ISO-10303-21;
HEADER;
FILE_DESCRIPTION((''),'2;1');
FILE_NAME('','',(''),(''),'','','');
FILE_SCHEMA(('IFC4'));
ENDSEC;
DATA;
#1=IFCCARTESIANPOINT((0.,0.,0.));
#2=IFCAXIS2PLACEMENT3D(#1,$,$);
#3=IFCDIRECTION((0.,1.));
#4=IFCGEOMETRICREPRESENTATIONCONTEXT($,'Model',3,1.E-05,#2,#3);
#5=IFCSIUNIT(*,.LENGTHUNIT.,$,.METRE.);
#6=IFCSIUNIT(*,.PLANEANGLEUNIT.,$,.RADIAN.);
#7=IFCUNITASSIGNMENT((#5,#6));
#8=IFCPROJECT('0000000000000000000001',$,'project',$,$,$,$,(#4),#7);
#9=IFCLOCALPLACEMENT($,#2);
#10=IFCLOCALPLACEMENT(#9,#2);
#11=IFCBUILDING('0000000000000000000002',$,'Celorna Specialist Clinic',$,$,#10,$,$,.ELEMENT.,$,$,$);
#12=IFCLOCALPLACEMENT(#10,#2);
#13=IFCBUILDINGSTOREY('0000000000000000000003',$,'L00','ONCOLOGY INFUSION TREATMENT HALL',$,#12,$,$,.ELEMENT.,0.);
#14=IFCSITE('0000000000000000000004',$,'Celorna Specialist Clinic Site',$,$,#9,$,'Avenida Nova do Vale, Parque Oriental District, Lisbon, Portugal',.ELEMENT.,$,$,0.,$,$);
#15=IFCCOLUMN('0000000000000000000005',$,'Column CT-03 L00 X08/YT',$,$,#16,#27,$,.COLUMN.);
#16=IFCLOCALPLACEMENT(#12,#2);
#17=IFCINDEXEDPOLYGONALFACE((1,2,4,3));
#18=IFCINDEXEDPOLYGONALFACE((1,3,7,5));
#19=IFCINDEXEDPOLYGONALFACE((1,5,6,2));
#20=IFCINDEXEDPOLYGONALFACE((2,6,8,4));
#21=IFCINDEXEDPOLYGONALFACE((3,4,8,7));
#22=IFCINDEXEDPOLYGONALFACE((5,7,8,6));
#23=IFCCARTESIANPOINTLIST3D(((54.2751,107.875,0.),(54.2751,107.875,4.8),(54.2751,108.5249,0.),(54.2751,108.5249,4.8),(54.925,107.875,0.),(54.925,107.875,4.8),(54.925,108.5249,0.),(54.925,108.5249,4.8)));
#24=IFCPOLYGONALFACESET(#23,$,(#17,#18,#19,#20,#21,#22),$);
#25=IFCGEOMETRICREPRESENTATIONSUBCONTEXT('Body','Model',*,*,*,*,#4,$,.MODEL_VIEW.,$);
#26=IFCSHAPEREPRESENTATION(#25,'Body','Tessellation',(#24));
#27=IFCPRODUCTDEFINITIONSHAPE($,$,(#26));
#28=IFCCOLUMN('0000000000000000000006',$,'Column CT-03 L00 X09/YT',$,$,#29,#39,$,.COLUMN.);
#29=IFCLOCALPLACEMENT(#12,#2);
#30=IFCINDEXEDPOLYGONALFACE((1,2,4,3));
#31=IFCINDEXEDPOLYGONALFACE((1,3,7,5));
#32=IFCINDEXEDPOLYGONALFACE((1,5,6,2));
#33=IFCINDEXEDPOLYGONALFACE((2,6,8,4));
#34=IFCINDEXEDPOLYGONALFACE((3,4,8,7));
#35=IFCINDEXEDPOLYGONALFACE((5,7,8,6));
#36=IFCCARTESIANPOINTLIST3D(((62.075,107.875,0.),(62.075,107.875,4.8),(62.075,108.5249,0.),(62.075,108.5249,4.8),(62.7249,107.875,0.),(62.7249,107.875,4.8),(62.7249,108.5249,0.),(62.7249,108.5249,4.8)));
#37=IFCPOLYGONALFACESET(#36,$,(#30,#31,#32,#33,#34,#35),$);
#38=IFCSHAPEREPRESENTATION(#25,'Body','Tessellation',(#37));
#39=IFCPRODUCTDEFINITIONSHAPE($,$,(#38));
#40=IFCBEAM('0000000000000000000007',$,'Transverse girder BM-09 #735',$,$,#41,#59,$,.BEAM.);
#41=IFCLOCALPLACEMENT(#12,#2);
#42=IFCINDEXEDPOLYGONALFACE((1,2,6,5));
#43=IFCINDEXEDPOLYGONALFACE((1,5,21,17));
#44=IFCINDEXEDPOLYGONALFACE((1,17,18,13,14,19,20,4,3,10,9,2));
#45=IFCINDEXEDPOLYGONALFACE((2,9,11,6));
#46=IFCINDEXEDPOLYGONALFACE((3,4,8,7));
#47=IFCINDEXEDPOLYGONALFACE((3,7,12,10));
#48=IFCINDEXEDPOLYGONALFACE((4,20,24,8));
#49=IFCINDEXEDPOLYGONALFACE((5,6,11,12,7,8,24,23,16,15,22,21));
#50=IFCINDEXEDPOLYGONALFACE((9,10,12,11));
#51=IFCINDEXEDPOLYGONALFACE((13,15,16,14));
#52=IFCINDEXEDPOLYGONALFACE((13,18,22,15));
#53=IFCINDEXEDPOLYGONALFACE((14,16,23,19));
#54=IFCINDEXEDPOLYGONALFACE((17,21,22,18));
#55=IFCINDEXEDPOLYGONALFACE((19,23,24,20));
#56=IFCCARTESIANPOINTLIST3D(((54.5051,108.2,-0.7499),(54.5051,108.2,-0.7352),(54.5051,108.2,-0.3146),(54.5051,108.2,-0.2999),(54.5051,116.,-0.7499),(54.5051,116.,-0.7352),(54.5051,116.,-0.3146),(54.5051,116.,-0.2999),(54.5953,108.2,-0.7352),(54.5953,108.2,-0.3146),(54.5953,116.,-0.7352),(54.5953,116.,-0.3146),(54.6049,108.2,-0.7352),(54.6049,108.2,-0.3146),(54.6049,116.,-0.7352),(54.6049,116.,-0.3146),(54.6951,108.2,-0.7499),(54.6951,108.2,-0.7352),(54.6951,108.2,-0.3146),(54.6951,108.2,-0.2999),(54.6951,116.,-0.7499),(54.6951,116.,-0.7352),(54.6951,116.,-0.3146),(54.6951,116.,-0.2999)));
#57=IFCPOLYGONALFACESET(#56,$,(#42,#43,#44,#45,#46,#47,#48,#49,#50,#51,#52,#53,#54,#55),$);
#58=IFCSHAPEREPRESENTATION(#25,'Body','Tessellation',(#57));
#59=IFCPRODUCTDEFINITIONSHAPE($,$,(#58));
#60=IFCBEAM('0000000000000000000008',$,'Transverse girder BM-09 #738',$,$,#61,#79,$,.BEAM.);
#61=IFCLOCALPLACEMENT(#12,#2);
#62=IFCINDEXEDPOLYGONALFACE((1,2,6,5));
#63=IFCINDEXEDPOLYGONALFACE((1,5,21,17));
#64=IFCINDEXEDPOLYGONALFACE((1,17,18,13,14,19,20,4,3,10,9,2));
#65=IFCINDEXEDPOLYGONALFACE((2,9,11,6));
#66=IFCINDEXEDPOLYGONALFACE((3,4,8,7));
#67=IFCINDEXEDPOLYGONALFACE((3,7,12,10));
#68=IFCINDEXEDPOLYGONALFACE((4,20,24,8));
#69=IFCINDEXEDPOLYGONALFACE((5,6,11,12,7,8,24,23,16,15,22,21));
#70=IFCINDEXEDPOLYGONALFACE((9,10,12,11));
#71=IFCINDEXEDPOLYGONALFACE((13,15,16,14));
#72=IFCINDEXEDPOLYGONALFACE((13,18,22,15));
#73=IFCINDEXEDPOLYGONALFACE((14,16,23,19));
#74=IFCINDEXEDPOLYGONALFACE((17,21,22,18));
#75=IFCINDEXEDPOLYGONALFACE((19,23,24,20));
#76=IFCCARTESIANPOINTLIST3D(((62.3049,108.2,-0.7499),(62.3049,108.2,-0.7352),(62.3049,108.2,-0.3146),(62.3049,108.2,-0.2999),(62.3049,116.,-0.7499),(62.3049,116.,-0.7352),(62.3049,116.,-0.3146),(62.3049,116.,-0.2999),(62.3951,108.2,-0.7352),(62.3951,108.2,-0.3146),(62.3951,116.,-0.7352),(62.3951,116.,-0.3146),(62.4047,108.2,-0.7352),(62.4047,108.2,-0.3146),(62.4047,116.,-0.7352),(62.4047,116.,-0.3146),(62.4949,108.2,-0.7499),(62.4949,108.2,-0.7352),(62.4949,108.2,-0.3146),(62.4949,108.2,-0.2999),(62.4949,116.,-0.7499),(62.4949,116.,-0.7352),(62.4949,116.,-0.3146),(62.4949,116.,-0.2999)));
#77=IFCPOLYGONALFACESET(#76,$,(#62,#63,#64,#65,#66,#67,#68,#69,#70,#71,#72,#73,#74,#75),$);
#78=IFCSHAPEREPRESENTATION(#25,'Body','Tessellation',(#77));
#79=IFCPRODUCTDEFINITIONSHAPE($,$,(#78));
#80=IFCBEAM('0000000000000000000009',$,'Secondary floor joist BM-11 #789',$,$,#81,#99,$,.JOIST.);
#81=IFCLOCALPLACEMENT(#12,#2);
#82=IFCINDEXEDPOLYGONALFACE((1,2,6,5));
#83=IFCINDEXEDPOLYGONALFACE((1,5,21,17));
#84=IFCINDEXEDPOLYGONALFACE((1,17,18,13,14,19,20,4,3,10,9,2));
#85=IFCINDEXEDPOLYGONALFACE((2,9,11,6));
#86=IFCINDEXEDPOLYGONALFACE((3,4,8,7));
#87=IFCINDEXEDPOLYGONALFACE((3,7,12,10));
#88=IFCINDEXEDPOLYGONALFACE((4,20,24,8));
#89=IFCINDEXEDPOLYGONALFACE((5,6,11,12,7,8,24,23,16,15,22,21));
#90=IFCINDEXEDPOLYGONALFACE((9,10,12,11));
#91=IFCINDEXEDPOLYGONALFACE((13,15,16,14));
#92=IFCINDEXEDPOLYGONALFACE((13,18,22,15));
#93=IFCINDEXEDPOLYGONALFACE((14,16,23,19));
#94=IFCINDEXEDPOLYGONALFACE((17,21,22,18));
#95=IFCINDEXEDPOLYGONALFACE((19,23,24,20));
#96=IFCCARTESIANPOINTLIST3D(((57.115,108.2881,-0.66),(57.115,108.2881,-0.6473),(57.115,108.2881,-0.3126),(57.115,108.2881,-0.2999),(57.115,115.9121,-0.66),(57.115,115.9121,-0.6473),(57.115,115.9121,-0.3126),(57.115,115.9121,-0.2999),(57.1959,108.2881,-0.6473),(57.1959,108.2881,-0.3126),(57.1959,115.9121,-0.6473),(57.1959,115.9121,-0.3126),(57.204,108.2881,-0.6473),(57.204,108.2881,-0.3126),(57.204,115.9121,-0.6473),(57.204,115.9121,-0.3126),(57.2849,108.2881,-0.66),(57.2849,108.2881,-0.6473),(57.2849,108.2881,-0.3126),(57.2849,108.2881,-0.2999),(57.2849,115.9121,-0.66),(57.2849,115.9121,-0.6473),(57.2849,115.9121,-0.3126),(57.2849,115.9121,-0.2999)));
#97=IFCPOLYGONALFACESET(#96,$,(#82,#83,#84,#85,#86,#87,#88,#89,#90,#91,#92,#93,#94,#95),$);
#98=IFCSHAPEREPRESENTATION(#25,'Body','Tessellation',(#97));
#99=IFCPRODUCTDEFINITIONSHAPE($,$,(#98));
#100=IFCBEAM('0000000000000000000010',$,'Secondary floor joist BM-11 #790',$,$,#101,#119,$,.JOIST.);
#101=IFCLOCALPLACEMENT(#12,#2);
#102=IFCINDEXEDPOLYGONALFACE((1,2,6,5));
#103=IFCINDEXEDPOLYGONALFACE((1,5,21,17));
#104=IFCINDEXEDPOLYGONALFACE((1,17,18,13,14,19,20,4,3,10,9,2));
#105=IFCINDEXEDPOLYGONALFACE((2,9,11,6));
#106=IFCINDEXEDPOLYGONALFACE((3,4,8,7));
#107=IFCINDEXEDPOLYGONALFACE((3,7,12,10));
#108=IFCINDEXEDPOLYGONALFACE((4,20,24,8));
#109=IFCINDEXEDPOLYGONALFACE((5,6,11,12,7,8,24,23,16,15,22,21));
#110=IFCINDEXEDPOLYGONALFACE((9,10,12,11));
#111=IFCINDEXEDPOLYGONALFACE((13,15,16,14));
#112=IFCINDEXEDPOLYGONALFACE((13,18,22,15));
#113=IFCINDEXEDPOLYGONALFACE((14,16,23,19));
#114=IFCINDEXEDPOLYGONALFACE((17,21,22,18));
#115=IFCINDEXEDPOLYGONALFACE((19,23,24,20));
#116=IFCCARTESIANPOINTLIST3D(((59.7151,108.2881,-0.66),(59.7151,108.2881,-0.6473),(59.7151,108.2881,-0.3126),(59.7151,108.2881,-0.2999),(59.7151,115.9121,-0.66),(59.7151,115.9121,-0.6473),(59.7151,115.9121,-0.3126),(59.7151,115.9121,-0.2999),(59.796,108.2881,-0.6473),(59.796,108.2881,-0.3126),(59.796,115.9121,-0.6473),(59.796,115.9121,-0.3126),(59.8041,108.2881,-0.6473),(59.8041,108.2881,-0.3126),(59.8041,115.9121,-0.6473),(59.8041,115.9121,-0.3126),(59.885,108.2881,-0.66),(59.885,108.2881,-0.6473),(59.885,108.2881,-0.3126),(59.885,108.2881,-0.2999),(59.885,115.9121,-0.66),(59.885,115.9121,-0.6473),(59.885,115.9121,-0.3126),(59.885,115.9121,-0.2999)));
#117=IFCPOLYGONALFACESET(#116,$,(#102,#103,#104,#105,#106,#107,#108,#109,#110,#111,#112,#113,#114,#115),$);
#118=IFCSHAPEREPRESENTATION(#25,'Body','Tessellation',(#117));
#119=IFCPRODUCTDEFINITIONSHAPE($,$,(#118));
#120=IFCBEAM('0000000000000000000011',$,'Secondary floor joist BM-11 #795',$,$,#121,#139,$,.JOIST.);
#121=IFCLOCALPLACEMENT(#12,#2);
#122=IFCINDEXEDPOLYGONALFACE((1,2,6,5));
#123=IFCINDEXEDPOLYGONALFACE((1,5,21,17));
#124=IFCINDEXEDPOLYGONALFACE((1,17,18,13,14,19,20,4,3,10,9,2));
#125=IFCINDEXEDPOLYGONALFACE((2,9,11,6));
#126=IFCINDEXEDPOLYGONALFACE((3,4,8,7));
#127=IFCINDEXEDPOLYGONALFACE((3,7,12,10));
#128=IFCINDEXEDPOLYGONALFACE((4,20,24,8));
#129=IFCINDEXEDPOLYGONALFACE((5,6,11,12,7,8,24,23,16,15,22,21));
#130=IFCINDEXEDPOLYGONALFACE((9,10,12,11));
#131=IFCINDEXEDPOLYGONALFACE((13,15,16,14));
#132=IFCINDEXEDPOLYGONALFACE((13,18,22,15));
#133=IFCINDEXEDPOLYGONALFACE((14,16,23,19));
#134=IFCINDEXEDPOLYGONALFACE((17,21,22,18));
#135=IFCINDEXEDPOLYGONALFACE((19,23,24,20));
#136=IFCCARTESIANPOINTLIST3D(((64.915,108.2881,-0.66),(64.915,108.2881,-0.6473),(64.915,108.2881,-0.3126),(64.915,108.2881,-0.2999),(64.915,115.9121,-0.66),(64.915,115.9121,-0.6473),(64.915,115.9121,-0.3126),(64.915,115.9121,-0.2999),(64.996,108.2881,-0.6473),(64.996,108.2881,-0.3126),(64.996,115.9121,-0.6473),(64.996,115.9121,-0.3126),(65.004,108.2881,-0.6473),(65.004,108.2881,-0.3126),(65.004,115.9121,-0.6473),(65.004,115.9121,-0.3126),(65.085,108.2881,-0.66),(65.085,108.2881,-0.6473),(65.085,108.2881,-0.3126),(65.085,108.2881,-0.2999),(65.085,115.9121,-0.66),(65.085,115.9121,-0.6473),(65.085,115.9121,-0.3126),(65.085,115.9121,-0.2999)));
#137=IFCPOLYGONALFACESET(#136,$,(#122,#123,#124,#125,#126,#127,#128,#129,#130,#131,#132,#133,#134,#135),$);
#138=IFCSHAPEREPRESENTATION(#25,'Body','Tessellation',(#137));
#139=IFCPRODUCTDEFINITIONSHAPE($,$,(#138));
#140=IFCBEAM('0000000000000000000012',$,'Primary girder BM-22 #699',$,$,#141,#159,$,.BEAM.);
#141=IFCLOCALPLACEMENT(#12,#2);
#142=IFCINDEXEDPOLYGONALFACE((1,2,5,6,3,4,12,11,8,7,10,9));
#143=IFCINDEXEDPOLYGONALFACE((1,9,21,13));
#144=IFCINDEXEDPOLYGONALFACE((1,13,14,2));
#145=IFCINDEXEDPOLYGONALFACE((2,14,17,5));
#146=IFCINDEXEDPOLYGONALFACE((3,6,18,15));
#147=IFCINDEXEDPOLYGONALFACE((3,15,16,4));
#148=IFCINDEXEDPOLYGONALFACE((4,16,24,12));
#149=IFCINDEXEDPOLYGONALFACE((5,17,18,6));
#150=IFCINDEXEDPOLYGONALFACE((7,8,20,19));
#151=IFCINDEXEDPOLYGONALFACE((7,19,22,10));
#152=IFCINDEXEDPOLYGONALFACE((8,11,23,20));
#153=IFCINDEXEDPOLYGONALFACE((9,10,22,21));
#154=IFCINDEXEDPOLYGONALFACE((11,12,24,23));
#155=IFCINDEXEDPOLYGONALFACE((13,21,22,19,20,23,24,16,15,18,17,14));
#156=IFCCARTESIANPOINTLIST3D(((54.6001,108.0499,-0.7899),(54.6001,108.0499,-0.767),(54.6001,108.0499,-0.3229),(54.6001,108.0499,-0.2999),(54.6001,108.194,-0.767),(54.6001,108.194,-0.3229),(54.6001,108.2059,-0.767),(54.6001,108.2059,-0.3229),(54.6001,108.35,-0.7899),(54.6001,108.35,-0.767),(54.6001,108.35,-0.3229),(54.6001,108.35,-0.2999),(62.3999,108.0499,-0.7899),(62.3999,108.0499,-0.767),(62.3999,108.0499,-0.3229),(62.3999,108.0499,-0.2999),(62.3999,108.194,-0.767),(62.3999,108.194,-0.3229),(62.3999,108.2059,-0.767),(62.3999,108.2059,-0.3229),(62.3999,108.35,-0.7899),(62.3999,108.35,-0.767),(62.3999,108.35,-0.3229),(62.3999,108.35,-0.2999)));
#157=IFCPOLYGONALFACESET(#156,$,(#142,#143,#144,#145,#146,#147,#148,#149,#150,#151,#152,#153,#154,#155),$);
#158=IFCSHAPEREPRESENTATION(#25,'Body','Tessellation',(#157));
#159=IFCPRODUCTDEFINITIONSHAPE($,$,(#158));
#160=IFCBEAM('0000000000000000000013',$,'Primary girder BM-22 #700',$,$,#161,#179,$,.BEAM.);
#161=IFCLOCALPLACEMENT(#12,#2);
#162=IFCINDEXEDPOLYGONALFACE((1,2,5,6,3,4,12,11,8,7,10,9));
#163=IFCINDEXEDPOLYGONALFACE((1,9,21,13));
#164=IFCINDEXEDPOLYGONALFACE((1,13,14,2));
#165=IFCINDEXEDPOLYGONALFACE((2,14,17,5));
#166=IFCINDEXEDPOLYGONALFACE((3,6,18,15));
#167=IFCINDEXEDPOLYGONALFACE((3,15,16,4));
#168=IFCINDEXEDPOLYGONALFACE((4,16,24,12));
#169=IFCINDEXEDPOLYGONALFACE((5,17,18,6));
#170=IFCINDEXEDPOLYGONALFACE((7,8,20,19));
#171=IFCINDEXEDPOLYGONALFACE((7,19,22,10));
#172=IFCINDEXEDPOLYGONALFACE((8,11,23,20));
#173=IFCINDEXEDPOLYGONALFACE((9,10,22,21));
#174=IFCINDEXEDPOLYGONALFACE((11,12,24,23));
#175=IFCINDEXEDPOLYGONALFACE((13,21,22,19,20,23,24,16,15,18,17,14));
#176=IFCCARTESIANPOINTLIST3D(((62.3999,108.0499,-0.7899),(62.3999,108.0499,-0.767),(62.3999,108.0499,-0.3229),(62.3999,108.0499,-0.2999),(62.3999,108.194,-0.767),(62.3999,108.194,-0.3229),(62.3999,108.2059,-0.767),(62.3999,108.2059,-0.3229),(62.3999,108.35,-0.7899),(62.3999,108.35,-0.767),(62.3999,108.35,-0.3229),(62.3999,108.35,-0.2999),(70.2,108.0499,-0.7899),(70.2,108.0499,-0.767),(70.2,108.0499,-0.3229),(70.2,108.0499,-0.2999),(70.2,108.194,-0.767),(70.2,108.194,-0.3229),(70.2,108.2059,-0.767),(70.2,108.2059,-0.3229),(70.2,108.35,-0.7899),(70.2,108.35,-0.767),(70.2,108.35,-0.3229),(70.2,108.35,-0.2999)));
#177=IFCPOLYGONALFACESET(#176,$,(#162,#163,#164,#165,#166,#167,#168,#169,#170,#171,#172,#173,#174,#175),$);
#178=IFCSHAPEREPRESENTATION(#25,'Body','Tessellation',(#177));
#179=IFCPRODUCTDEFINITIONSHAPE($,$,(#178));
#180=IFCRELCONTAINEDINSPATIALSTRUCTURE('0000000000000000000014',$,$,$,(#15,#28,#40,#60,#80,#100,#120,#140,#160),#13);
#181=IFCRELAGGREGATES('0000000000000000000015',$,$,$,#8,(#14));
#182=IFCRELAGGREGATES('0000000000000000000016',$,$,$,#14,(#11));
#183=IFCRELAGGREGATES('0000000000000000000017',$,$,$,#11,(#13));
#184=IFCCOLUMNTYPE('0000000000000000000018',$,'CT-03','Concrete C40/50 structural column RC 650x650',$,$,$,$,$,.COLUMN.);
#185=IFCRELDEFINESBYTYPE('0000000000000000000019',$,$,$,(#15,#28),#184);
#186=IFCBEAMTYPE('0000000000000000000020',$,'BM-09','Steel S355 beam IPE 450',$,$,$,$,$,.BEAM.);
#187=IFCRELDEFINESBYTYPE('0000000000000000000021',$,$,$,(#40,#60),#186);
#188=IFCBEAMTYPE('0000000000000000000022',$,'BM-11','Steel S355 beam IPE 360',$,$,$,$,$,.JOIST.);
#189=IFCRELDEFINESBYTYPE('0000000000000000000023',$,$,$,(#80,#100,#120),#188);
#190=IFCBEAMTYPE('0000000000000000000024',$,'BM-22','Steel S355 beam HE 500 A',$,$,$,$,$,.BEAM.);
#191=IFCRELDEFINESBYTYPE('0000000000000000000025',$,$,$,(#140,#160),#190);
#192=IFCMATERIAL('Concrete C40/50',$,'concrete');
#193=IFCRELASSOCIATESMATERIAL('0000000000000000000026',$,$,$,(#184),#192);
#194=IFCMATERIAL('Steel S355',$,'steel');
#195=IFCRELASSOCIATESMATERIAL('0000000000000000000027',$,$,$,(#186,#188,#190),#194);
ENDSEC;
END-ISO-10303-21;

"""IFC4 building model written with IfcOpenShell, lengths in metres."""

from ifc_helpers import new_model, si_unit, direction, frame, origin, origin_2d, place, context, subcontext, project, spatial, rectangle, i_section, extrude, material, material_profile, profile_set, type_object, element, save


model = new_model("IFC4")

# Units and contexts
model_context = context("Model", 3, precision=1e-05, world=origin(), true_north=direction((0.0, 1.0)))
body_context = subcontext(model_context, "Body", "Model", "MODEL_VIEW")
ifc_project = project(units=[si_unit("LENGTHUNIT", "METRE"), si_unit("PLANEANGLEUNIT", "RADIAN")], contexts=[model_context])

# Site, building, storey
site_placement = place(None, origin())
site = spatial("IfcSite", under=ifc_project, at=site_placement, Name="Celorna Specialist Clinic Site", LongName="Avenida Nova do Vale, Parque Oriental District, Lisbon, Portugal", CompositionType="ELEMENT", RefElevation=0.0)
building_placement = place(site_placement, origin())
building = spatial("IfcBuilding", under=site, at=building_placement, Name="Celorna Specialist Clinic", CompositionType="ELEMENT")
storey_placement = place(building_placement, origin())
storey = spatial("IfcBuildingStorey", under=building, at=storey_placement, Name="L00", Description="ONCOLOGY INFUSION TREATMENT HALL", CompositionType="ELEMENT", Elevation=0.0)

# Columns
ifc_material_1 = material(Name="Concrete C40/50", Category="concrete")
ifc_material_profile_1 = material_profile(ifc_material_1, rectangle(XDim=0.6499, YDim=0.6499, at=origin_2d()), Name="RC 650x650")
ifc_profile_set_1 = profile_set([ifc_material_profile_1], Name="Concrete C40/50")
column_type = type_object("IfcColumnType", Name="CT-03", Description="Concrete C40/50 structural column RC 650x650", PredefinedType="COLUMN", material=ifc_profile_set_1)
for number, where, z_axis, x_axis, name in (
    (1, (54.6001, 108.2, 0.0), (0.0, 0.0, 1.0), (1.0, 0.0, 0.0), "Column CT-03 L00 X08/YT"),
    (2, (62.3999, 108.2, 0.0), (0.0, 0.0, 1.0), (1.0, 0.0, 0.0), "Column CT-03 L00 X09/YT"),
):
    element("IfcColumn", number, at=place(storey_placement, frame(where, z_axis=z_axis, x_axis=x_axis)), inside=storey, type_object=column_type, Name=name, PredefinedType="COLUMN", context=body_context, shape_type="SweptSolid", body=[
        extrude(rectangle(XDim=0.6499, YDim=0.6499, at=origin_2d()), origin(), (0.0, 0.0, 1.0), 4.8),
    ])

# Beams
ifc_material_2 = material(Name="Steel S355", Category="steel")
ifc_material_profile_2 = material_profile(ifc_material_2, i_section(OverallWidth=0.1899, OverallDepth=0.45, WebThickness=0.0095, FlangeThickness=0.0146, at=origin_2d()), Name="IPE 450")
ifc_profile_set_2 = profile_set([ifc_material_profile_2], Name="Steel S355")
beam_type_1 = type_object("IfcBeamType", Name="BM-09", Description="Steel S355 beam IPE 450", PredefinedType="BEAM", material=ifc_profile_set_2)
for number, where, z_axis, x_axis, name in (
    (3, (54.6001, 108.2, -0.5249), (0.0, 1.0, 0.0), (-1.0, 0.0, 0.0), "Transverse girder BM-09 #735"),
    (4, (62.3999, 108.2, -0.5249), (0.0, 1.0, 0.0), (-1.0, 0.0, 0.0), "Transverse girder BM-09 #738"),
):
    element("IfcBeam", number, at=place(storey_placement, frame(where, z_axis=z_axis, x_axis=x_axis)), inside=storey, type_object=beam_type_1, Name=name, PredefinedType="BEAM", context=body_context, shape_type="SweptSolid", body=[
        extrude(i_section(OverallWidth=0.1899, OverallDepth=0.45, WebThickness=0.0095, FlangeThickness=0.0146, at=origin_2d()), origin(), (0.0, 0.0, 1.0), 7.8),
    ])
ifc_material_profile_3 = material_profile(ifc_material_2, i_section(OverallWidth=0.1699, OverallDepth=0.3601, WebThickness=0.0081, FlangeThickness=0.0127, at=origin_2d()), Name="IPE 360")
ifc_profile_set_3 = profile_set([ifc_material_profile_3], Name="Steel S355")
beam_type_2 = type_object("IfcBeamType", Name="BM-11", Description="Steel S355 beam IPE 360", PredefinedType="JOIST", material=ifc_profile_set_3)
for number, where, z_axis, x_axis, name in (
    (5, (57.2, 108.2881, -0.48), (0.0, 1.0, 0.0), (-1.0, 0.0, 0.0), "Secondary floor joist BM-11 #789"),
    (6, (59.8, 108.2881, -0.48), (0.0, 1.0, 0.0), (-1.0, 0.0, 0.0), "Secondary floor joist BM-11 #790"),
    (7, (65.0, 108.2881, -0.48), (0.0, 1.0, 0.0), (-1.0, 0.0, 0.0), "Secondary floor joist BM-11 #795"),
):
    element("IfcBeam", number, at=place(storey_placement, frame(where, z_axis=z_axis, x_axis=x_axis)), inside=storey, type_object=beam_type_2, Name=name, PredefinedType="JOIST", context=body_context, shape_type="SweptSolid", body=[
        extrude(i_section(OverallWidth=0.1699, OverallDepth=0.3601, WebThickness=0.0081, FlangeThickness=0.0127, at=origin_2d()), origin(), (0.0, 0.0, 1.0), 7.624),
    ])
ifc_material_profile_4 = material_profile(ifc_material_2, i_section(OverallWidth=0.3, OverallDepth=0.49, WebThickness=0.012, FlangeThickness=0.0229, at=origin_2d()), Name="HE 500 A")
ifc_profile_set_4 = profile_set([ifc_material_profile_4], Name="Steel S355")
beam_type_3 = type_object("IfcBeamType", Name="BM-22", Description="Steel S355 beam HE 500 A", PredefinedType="BEAM", material=ifc_profile_set_4)
beam_1_placement = place(storey_placement, frame((54.6001, 108.2, -0.5449), z_axis=(1.0, 0.0, 0.0), x_axis=(0.0, 1.0, 0.0)))
element("IfcBeam", 8, at=beam_1_placement, inside=storey, type_object=beam_type_3, Name="Primary girder BM-22 #699", PredefinedType="BEAM", context=body_context, shape_type="SweptSolid", body=[
    extrude(i_section(OverallWidth=0.3, OverallDepth=0.49, WebThickness=0.012, FlangeThickness=0.0229, at=origin_2d()), origin(), (0.0, 0.0, 1.0), 7.7998),
])
beam_2_placement = place(storey_placement, frame((62.3999, 108.2, -0.5449), z_axis=(1.0, 0.0, 0.0), x_axis=(0.0, 1.0, 0.0)))
element("IfcBeam", 9, at=beam_2_placement, inside=storey, type_object=beam_type_3, Name="Primary girder BM-22 #700", PredefinedType="BEAM", context=body_context, shape_type="SweptSolid", body=[
    extrude(i_section(OverallWidth=0.3, OverallDepth=0.49, WebThickness=0.012, FlangeThickness=0.0229, at=origin_2d()), origin(), (0.0, 0.0, 1.0), 7.8),
])

save(model, "model.ifc")
